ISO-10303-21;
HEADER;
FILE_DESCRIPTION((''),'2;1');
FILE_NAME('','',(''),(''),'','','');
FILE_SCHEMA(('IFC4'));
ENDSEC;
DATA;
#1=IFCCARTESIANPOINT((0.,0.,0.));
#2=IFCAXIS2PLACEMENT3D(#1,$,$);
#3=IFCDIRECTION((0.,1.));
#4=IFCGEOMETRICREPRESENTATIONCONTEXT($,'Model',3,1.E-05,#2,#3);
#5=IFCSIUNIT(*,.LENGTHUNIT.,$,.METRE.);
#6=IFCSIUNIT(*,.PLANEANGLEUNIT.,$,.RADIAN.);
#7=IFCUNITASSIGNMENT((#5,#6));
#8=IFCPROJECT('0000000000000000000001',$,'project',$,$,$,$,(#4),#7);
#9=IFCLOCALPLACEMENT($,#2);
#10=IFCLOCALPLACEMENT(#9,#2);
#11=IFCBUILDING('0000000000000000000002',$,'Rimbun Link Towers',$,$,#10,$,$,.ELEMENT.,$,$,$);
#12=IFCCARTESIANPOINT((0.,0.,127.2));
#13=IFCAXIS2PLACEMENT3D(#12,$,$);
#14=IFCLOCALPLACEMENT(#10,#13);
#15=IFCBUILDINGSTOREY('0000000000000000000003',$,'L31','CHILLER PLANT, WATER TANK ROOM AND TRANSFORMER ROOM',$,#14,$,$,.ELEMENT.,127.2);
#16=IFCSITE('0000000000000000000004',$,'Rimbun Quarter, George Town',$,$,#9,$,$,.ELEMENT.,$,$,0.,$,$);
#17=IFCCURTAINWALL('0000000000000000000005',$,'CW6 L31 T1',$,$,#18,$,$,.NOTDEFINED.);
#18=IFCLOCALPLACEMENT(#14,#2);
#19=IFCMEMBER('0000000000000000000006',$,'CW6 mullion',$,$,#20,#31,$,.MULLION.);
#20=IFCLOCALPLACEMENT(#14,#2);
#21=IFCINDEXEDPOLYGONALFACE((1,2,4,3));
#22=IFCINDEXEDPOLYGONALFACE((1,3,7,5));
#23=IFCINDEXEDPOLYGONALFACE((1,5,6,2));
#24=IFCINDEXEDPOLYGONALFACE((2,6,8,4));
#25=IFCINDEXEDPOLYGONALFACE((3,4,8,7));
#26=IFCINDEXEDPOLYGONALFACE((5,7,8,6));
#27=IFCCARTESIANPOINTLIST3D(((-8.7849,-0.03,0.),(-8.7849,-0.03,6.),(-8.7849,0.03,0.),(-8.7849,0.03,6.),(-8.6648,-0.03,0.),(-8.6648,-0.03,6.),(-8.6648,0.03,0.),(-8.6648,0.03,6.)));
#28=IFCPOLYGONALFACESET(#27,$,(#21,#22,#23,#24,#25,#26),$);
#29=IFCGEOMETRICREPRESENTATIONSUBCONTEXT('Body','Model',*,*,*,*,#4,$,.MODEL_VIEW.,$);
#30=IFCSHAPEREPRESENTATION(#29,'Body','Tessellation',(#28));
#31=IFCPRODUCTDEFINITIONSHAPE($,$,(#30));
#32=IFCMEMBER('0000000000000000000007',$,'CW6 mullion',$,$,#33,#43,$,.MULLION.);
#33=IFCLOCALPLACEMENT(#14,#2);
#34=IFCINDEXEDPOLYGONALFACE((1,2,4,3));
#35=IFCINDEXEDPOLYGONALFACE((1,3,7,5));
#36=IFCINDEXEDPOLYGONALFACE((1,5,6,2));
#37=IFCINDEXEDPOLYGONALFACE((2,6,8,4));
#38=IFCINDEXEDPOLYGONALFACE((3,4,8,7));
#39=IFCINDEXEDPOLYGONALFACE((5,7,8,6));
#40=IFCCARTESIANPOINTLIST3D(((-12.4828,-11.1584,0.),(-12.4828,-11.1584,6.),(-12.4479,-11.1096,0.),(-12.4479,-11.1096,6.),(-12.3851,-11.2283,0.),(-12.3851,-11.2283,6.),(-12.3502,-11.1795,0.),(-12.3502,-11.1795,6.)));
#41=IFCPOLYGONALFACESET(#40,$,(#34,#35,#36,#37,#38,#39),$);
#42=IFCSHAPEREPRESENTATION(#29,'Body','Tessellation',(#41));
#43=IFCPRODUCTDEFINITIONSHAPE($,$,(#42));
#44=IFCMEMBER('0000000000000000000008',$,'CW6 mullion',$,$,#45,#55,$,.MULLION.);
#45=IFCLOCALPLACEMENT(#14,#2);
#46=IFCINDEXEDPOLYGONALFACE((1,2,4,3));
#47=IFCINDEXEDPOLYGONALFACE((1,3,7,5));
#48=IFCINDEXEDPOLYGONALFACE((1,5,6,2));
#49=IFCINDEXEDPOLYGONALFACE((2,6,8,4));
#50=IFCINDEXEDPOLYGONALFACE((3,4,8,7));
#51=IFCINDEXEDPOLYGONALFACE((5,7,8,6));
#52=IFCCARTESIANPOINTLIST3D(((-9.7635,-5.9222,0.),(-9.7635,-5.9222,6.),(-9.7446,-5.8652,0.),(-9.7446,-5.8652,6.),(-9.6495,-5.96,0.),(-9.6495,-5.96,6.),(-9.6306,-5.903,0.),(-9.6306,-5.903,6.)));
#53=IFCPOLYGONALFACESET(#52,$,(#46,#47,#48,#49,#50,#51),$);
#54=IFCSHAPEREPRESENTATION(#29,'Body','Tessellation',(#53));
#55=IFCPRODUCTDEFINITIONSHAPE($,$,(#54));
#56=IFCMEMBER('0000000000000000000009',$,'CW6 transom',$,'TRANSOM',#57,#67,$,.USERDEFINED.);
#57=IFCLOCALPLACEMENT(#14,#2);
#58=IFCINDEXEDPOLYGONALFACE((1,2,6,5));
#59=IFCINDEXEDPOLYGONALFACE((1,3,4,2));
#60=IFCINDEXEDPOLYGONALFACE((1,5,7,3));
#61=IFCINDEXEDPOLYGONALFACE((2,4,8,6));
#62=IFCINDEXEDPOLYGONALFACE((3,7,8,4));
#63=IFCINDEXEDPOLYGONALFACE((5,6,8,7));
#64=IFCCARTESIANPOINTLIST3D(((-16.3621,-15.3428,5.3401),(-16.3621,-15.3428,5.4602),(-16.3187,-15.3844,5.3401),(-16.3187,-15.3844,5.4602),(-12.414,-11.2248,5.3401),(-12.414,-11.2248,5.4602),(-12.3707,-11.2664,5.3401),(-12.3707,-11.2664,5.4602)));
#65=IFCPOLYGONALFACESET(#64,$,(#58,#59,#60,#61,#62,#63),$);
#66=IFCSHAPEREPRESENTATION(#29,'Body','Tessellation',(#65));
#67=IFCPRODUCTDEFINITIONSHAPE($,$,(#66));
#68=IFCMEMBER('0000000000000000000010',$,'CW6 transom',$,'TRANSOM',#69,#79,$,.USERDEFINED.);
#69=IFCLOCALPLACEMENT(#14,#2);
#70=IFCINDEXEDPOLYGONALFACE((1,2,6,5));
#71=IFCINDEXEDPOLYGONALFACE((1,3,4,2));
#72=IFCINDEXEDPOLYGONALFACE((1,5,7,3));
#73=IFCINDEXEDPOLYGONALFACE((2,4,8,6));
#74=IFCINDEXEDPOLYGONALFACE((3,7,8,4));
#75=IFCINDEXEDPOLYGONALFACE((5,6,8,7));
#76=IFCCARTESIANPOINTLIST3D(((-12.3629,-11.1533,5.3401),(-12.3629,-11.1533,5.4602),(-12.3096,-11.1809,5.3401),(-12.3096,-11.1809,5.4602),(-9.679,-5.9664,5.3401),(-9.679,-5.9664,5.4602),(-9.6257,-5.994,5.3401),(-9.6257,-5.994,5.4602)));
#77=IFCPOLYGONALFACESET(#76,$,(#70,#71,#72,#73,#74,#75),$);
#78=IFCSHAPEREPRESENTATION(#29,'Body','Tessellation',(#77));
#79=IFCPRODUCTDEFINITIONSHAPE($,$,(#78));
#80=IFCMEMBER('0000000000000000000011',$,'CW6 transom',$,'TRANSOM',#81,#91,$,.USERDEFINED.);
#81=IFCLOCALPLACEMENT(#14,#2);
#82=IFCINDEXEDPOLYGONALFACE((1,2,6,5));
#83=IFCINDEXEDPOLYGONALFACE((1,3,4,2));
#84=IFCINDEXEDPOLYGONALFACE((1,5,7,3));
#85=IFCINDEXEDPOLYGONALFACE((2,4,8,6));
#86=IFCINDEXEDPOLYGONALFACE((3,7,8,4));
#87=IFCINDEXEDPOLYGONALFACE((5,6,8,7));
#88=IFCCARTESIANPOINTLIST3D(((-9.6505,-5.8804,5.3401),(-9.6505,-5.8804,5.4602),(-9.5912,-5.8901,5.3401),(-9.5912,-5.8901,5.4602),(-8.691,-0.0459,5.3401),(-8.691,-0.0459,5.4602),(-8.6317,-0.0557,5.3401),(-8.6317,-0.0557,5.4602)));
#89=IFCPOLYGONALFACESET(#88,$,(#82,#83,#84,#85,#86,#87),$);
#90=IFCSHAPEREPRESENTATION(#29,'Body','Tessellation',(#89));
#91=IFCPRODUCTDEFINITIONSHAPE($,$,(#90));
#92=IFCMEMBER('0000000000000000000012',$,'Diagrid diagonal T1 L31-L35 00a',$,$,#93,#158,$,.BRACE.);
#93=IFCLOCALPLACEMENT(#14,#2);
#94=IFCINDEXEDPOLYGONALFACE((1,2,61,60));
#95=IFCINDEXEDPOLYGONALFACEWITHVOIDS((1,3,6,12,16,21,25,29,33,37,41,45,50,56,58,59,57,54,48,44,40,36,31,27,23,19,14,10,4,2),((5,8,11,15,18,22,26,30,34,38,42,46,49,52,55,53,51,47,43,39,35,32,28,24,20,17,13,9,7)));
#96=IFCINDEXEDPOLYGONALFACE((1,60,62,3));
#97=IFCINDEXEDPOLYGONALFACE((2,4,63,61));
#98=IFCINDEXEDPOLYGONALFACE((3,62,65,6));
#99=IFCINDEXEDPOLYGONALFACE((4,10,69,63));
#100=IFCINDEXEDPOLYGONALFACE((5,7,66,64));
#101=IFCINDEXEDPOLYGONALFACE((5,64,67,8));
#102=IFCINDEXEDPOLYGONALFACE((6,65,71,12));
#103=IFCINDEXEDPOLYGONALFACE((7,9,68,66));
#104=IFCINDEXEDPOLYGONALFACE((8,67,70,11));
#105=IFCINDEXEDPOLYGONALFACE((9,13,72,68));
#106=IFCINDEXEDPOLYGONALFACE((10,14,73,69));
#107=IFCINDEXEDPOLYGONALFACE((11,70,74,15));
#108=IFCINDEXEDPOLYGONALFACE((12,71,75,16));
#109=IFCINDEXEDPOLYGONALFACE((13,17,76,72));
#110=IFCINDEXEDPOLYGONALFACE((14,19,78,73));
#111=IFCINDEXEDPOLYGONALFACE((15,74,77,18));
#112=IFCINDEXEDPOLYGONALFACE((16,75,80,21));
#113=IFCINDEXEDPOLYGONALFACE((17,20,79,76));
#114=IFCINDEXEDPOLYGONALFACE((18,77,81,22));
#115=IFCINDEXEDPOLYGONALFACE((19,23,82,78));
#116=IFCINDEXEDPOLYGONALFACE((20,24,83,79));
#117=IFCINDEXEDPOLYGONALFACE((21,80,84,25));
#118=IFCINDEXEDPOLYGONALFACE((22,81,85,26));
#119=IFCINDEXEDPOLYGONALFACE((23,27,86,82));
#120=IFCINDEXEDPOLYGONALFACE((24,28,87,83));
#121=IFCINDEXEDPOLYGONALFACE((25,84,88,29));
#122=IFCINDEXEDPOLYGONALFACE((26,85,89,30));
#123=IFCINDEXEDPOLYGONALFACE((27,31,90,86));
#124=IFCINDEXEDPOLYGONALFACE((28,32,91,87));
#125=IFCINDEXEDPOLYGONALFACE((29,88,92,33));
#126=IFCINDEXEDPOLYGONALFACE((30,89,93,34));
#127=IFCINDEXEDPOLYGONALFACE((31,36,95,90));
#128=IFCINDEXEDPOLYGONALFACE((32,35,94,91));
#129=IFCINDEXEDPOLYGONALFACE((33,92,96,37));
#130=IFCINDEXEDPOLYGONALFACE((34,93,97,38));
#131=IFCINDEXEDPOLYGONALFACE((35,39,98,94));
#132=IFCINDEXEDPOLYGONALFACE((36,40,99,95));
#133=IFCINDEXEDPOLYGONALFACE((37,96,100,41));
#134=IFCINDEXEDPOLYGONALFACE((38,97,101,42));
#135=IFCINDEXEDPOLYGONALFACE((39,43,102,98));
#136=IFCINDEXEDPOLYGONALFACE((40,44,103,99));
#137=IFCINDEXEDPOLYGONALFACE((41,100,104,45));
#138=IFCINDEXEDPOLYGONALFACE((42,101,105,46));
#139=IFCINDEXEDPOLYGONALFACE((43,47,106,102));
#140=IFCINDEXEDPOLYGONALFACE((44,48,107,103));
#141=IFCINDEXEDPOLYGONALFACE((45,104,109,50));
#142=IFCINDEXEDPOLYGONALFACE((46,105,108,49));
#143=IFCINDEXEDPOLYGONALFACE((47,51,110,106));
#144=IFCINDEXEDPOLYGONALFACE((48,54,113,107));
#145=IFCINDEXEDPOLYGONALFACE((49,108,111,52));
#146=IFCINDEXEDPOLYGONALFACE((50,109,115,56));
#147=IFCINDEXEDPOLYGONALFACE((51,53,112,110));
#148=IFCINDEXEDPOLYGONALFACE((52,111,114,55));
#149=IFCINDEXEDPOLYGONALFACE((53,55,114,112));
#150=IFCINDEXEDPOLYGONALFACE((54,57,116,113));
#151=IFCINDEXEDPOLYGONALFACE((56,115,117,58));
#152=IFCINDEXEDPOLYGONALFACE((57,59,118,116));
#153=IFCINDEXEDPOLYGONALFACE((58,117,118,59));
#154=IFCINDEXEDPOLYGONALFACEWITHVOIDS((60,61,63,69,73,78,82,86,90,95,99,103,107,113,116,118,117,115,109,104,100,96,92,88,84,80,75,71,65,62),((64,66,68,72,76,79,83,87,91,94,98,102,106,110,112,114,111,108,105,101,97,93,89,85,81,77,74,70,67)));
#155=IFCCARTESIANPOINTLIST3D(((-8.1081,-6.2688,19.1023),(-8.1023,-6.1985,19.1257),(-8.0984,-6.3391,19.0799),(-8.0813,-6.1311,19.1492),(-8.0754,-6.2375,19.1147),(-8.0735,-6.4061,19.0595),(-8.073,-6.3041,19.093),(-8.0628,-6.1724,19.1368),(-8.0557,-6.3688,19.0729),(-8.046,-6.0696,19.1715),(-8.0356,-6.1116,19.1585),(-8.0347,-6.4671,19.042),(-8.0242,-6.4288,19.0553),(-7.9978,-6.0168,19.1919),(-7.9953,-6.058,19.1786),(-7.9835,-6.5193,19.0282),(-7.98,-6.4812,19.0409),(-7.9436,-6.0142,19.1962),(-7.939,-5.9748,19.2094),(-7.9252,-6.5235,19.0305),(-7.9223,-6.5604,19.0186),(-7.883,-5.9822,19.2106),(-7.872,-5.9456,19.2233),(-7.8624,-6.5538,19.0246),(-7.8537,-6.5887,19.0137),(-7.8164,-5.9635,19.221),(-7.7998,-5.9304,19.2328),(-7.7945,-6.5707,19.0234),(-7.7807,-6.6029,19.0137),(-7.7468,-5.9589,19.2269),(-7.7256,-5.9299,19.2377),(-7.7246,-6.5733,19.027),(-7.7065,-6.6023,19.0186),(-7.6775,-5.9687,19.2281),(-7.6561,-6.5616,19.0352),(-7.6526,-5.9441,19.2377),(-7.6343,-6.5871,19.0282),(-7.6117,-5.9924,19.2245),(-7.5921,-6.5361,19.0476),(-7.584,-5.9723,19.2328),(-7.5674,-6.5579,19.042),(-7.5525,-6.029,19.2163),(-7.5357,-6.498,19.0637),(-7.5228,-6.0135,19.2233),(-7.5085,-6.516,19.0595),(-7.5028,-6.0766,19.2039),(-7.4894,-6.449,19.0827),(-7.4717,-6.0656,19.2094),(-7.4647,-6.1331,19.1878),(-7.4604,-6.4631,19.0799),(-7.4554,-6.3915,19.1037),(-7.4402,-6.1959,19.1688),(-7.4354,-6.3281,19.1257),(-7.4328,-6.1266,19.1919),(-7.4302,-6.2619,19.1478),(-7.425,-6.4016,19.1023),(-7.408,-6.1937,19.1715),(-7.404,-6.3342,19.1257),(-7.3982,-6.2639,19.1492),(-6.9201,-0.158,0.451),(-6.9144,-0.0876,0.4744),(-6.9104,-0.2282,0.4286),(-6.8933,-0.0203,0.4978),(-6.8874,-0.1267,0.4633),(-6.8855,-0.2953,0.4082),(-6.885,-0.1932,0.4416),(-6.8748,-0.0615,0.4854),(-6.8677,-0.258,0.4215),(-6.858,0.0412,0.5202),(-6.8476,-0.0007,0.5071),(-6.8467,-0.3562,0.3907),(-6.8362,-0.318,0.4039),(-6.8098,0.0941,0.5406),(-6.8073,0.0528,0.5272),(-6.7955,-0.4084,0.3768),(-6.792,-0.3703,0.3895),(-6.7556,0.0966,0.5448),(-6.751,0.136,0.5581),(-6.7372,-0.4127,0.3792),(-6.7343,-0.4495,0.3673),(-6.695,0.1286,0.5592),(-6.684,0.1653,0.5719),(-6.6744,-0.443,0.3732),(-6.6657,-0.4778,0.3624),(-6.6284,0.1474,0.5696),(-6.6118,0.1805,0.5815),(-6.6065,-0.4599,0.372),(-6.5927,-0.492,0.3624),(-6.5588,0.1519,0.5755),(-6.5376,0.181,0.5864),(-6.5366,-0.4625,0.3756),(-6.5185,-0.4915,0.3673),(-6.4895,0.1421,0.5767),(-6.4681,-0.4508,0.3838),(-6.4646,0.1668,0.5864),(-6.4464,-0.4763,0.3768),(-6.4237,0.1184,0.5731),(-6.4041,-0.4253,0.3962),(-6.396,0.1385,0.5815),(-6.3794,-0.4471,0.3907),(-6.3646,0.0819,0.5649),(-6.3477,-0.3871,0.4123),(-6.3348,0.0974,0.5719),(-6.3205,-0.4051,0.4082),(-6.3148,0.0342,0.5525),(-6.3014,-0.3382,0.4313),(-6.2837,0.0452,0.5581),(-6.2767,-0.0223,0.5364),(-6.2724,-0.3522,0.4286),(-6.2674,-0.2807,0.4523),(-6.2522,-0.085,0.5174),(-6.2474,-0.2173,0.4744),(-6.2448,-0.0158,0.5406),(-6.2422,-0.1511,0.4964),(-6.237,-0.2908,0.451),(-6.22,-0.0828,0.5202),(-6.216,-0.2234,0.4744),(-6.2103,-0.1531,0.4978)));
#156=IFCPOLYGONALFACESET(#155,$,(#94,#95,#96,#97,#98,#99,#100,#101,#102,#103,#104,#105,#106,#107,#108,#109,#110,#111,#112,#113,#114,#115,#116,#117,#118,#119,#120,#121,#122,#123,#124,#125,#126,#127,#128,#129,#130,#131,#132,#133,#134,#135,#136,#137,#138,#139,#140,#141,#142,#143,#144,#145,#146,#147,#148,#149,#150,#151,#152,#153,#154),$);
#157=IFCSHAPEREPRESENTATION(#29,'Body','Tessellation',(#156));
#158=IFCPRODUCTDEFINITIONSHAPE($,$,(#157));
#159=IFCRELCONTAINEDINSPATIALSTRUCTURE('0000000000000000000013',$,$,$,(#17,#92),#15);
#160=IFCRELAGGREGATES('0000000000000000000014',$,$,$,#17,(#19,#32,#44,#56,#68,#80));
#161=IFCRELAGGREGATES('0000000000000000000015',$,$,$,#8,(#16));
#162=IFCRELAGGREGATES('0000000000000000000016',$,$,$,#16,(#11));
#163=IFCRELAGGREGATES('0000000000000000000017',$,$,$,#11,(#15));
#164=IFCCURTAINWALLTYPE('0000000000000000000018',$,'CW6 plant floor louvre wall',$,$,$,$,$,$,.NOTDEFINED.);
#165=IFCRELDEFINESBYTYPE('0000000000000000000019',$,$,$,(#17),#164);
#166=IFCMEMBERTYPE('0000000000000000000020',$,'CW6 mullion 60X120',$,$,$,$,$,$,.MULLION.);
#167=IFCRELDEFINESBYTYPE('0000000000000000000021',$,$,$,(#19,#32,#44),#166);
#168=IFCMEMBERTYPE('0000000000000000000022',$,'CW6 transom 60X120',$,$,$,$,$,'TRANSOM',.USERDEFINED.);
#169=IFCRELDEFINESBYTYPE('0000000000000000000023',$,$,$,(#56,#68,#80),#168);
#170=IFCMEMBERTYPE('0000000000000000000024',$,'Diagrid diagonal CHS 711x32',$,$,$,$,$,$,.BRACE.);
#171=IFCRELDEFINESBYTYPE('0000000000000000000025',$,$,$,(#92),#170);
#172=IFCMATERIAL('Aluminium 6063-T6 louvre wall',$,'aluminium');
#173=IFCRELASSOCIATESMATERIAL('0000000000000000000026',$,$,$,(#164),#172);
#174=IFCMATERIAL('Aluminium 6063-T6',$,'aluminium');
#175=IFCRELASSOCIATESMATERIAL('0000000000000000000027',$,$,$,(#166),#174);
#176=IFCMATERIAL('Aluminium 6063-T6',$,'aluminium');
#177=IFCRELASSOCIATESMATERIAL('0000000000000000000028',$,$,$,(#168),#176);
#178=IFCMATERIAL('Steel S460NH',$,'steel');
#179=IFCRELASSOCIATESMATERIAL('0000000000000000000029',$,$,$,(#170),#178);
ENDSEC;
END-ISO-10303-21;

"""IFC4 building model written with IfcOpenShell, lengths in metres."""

from ifc_helpers import new_model, si_unit, direction, frame, origin, origin_2d, place, context, subcontext, project, spatial, rectangle, hollow_circle, extrude, material, material_profile, profile_set, type_object, element, aggregate, save


model = new_model("IFC4")

# Units and contexts
model_context = context("Model", 3, precision=1e-05, world=origin(), true_north=direction((0.0, 1.0)))
body_context = subcontext(model_context, "Body", "Model", "MODEL_VIEW")
ifc_project = project(units=[si_unit("LENGTHUNIT", "METRE"), si_unit("PLANEANGLEUNIT", "RADIAN")], contexts=[model_context])

# Site, building, storey
site_placement = place(None, origin())
site = spatial("IfcSite", under=ifc_project, at=site_placement, Name="Rimbun Quarter, George Town", CompositionType="ELEMENT", RefElevation=0.0)
building_placement = place(site_placement, origin())
building = spatial("IfcBuilding", under=site, at=building_placement, Name="Rimbun Link Towers", CompositionType="ELEMENT")
storey_placement = place(building_placement, frame((0.0, 0.0, 127.2)))
storey = spatial("IfcBuildingStorey", under=building, at=storey_placement, Name="L31", Description="CHILLER PLANT, WATER TANK ROOM AND TRANSFORMER ROOM", CompositionType="ELEMENT", Elevation=127.2)

# Curtain wall, members
ifc_material_1 = material(Name="Aluminium 6063-T6 louvre wall", Category="aluminium")
curtain_wall_type = type_object("IfcCurtainWallType", Name="CW6 plant floor louvre wall", PredefinedType="NOTDEFINED", material=ifc_material_1)
curtain_wall_placement = place(storey_placement, origin())
curtain_wall = element("IfcCurtainWall", 1, at=curtain_wall_placement, inside=storey, type_object=curtain_wall_type, Name="CW6 L31 T1", PredefinedType="NOTDEFINED")
ifc_material_2 = material(Name="Aluminium 6063-T6", Category="aluminium")
ifc_material_profile_1 = material_profile(ifc_material_2, rectangle(XDim=0.1201, YDim=0.0601, at=origin_2d()), Name="MULLION 60X120")
ifc_profile_set_1 = profile_set([ifc_material_profile_1], Name="Aluminium 6063-T6")
member_type_1 = type_object("IfcMemberType", Name="CW6 mullion 60X120", PredefinedType="MULLION", material=ifc_profile_set_1)
member_1_placement = place(storey_placement, frame((-8.7249, 0.0, 0.0), z_axis=(0.0, 0.0, 1.0), x_axis=(1.0, 0.0, 0.0)))
member_1 = element("IfcMember", 2, at=member_1_placement, type_object=member_type_1, Name="CW6 mullion", PredefinedType="MULLION", context=body_context, shape_type="SweptSolid", body=[
    extrude(rectangle(XDim=0.1201, YDim=0.0601, at=origin_2d()), origin(), (0.0, 0.0, 1.0), 6.0),
])
member_2_placement = place(storey_placement, frame((-12.4165, -11.1689, 0.0), z_axis=(0.0, 0.0, 1.0), x_axis=(0.813345, -0.581782, 0.0)))
member_2 = element("IfcMember", 3, at=member_2_placement, type_object=member_type_1, Name="CW6 mullion", PredefinedType="MULLION", context=body_context, shape_type="SweptSolid", body=[
    extrude(rectangle(XDim=0.1201, YDim=0.0601, at=origin_2d()), origin(), (0.0, 0.0, 1.0), 6.0),
])
member_3_placement = place(storey_placement, frame((-9.697, -5.9126, 0.0), z_axis=(0.0, 0.0, 1.0), x_axis=(0.949163, -0.314784, 0.0)))
member_3 = element("IfcMember", 4, at=member_3_placement, type_object=member_type_1, Name="CW6 mullion", PredefinedType="MULLION", context=body_context, shape_type="SweptSolid", body=[
    extrude(rectangle(XDim=0.1201, YDim=0.0601, at=origin_2d()), origin(), (0.0, 0.0, 1.0), 6.0),
])
ifc_material_3 = material(Name="Aluminium 6063-T6", Category="aluminium")
ifc_material_profile_2 = material_profile(ifc_material_3, rectangle(XDim=0.0601, YDim=0.1201, at=origin_2d()), Name="TRANSOM 60X120")
ifc_profile_set_2 = profile_set([ifc_material_profile_2], Name="Aluminium 6063-T6")
member_type_2 = type_object("IfcMemberType", Name="CW6 transom 60X120", ElementType="TRANSOM", PredefinedType="USERDEFINED", material=ifc_profile_set_2)
member_4_placement = place(storey_placement, frame((-12.3923, -11.2456, 5.4001), z_axis=(-0.692057, -0.721843, 0.0), x_axis=(0.721843, -0.692057, 0.0)))
member_4 = element("IfcMember", 5, at=member_4_placement, type_object=member_type_2, Name="CW6 transom", ObjectType="TRANSOM", PredefinedType="USERDEFINED", context=body_context, shape_type="SweptSolid", body=[
    extrude(rectangle(XDim=0.0601, YDim=0.1201, at=origin_2d()), origin(), (0.0, 0.0, 1.0), 5.7048),
])
member_5_placement = place(storey_placement, frame((-9.6523, -5.9802, 5.4001), z_axis=(-0.459562, -0.888146, 0.0), x_axis=(0.888146, -0.459562, 0.0)))
member_5 = element("IfcMember", 6, at=member_5_placement, type_object=member_type_2, Name="CW6 transom", ObjectType="TRANSOM", PredefinedType="USERDEFINED", context=body_context, shape_type="SweptSolid", body=[
    extrude(rectangle(XDim=0.0601, YDim=0.1201, at=origin_2d()), origin(), (0.0, 0.0, 1.0), 5.8401),
])
member_6_placement = place(storey_placement, frame((-8.6614, -0.0508, 5.4001), z_axis=(-0.162269, -0.986746, 0.0), x_axis=(0.986746, -0.162269, 0.0)))
member_6 = element("IfcMember", 7, at=member_6_placement, type_object=member_type_2, Name="CW6 transom", ObjectType="TRANSOM", PredefinedType="USERDEFINED", context=body_context, shape_type="SweptSolid", body=[
    extrude(rectangle(XDim=0.0601, YDim=0.1201, at=origin_2d()), origin(), (0.0, 0.0, 1.0), 5.9128),
])

# Member
ifc_material_4 = material(Name="Steel S460NH", Category="steel")
ifc_material_profile_3 = material_profile(ifc_material_4, hollow_circle(Radius=0.3557, WallThickness=0.032, at=origin_2d()), Name="Diagrid diagonal CHS 711x32")
ifc_profile_set_3 = profile_set([ifc_material_profile_3], Name="Steel S460NH")
member_type_3 = type_object("IfcMemberType", Name="Diagrid diagonal CHS 711x32", PredefinedType="BRACE", material=ifc_profile_set_3)
member_7_placement = place(storey_placement, frame((-6.5652, -0.1555, 0.4744), z_axis=(-0.060418, -0.310781, 0.948559), x_axis=(0.981622, -0.190834, 0.0)))
element("IfcMember", 8, at=member_7_placement, inside=storey, type_object=member_type_3, Name="Diagrid diagonal T1 L31-L35 00a", PredefinedType="BRACE", context=body_context, shape_type="SweptSolid", body=[
    extrude(hollow_circle(Radius=0.3557, WallThickness=0.032, at=origin_2d()), origin(), (0.0, 0.0, 1.0), 19.6628),
])

aggregate(curtain_wall, [member_1, member_2, member_3, member_4, member_5, member_6])

save(model, "model.ifc")
